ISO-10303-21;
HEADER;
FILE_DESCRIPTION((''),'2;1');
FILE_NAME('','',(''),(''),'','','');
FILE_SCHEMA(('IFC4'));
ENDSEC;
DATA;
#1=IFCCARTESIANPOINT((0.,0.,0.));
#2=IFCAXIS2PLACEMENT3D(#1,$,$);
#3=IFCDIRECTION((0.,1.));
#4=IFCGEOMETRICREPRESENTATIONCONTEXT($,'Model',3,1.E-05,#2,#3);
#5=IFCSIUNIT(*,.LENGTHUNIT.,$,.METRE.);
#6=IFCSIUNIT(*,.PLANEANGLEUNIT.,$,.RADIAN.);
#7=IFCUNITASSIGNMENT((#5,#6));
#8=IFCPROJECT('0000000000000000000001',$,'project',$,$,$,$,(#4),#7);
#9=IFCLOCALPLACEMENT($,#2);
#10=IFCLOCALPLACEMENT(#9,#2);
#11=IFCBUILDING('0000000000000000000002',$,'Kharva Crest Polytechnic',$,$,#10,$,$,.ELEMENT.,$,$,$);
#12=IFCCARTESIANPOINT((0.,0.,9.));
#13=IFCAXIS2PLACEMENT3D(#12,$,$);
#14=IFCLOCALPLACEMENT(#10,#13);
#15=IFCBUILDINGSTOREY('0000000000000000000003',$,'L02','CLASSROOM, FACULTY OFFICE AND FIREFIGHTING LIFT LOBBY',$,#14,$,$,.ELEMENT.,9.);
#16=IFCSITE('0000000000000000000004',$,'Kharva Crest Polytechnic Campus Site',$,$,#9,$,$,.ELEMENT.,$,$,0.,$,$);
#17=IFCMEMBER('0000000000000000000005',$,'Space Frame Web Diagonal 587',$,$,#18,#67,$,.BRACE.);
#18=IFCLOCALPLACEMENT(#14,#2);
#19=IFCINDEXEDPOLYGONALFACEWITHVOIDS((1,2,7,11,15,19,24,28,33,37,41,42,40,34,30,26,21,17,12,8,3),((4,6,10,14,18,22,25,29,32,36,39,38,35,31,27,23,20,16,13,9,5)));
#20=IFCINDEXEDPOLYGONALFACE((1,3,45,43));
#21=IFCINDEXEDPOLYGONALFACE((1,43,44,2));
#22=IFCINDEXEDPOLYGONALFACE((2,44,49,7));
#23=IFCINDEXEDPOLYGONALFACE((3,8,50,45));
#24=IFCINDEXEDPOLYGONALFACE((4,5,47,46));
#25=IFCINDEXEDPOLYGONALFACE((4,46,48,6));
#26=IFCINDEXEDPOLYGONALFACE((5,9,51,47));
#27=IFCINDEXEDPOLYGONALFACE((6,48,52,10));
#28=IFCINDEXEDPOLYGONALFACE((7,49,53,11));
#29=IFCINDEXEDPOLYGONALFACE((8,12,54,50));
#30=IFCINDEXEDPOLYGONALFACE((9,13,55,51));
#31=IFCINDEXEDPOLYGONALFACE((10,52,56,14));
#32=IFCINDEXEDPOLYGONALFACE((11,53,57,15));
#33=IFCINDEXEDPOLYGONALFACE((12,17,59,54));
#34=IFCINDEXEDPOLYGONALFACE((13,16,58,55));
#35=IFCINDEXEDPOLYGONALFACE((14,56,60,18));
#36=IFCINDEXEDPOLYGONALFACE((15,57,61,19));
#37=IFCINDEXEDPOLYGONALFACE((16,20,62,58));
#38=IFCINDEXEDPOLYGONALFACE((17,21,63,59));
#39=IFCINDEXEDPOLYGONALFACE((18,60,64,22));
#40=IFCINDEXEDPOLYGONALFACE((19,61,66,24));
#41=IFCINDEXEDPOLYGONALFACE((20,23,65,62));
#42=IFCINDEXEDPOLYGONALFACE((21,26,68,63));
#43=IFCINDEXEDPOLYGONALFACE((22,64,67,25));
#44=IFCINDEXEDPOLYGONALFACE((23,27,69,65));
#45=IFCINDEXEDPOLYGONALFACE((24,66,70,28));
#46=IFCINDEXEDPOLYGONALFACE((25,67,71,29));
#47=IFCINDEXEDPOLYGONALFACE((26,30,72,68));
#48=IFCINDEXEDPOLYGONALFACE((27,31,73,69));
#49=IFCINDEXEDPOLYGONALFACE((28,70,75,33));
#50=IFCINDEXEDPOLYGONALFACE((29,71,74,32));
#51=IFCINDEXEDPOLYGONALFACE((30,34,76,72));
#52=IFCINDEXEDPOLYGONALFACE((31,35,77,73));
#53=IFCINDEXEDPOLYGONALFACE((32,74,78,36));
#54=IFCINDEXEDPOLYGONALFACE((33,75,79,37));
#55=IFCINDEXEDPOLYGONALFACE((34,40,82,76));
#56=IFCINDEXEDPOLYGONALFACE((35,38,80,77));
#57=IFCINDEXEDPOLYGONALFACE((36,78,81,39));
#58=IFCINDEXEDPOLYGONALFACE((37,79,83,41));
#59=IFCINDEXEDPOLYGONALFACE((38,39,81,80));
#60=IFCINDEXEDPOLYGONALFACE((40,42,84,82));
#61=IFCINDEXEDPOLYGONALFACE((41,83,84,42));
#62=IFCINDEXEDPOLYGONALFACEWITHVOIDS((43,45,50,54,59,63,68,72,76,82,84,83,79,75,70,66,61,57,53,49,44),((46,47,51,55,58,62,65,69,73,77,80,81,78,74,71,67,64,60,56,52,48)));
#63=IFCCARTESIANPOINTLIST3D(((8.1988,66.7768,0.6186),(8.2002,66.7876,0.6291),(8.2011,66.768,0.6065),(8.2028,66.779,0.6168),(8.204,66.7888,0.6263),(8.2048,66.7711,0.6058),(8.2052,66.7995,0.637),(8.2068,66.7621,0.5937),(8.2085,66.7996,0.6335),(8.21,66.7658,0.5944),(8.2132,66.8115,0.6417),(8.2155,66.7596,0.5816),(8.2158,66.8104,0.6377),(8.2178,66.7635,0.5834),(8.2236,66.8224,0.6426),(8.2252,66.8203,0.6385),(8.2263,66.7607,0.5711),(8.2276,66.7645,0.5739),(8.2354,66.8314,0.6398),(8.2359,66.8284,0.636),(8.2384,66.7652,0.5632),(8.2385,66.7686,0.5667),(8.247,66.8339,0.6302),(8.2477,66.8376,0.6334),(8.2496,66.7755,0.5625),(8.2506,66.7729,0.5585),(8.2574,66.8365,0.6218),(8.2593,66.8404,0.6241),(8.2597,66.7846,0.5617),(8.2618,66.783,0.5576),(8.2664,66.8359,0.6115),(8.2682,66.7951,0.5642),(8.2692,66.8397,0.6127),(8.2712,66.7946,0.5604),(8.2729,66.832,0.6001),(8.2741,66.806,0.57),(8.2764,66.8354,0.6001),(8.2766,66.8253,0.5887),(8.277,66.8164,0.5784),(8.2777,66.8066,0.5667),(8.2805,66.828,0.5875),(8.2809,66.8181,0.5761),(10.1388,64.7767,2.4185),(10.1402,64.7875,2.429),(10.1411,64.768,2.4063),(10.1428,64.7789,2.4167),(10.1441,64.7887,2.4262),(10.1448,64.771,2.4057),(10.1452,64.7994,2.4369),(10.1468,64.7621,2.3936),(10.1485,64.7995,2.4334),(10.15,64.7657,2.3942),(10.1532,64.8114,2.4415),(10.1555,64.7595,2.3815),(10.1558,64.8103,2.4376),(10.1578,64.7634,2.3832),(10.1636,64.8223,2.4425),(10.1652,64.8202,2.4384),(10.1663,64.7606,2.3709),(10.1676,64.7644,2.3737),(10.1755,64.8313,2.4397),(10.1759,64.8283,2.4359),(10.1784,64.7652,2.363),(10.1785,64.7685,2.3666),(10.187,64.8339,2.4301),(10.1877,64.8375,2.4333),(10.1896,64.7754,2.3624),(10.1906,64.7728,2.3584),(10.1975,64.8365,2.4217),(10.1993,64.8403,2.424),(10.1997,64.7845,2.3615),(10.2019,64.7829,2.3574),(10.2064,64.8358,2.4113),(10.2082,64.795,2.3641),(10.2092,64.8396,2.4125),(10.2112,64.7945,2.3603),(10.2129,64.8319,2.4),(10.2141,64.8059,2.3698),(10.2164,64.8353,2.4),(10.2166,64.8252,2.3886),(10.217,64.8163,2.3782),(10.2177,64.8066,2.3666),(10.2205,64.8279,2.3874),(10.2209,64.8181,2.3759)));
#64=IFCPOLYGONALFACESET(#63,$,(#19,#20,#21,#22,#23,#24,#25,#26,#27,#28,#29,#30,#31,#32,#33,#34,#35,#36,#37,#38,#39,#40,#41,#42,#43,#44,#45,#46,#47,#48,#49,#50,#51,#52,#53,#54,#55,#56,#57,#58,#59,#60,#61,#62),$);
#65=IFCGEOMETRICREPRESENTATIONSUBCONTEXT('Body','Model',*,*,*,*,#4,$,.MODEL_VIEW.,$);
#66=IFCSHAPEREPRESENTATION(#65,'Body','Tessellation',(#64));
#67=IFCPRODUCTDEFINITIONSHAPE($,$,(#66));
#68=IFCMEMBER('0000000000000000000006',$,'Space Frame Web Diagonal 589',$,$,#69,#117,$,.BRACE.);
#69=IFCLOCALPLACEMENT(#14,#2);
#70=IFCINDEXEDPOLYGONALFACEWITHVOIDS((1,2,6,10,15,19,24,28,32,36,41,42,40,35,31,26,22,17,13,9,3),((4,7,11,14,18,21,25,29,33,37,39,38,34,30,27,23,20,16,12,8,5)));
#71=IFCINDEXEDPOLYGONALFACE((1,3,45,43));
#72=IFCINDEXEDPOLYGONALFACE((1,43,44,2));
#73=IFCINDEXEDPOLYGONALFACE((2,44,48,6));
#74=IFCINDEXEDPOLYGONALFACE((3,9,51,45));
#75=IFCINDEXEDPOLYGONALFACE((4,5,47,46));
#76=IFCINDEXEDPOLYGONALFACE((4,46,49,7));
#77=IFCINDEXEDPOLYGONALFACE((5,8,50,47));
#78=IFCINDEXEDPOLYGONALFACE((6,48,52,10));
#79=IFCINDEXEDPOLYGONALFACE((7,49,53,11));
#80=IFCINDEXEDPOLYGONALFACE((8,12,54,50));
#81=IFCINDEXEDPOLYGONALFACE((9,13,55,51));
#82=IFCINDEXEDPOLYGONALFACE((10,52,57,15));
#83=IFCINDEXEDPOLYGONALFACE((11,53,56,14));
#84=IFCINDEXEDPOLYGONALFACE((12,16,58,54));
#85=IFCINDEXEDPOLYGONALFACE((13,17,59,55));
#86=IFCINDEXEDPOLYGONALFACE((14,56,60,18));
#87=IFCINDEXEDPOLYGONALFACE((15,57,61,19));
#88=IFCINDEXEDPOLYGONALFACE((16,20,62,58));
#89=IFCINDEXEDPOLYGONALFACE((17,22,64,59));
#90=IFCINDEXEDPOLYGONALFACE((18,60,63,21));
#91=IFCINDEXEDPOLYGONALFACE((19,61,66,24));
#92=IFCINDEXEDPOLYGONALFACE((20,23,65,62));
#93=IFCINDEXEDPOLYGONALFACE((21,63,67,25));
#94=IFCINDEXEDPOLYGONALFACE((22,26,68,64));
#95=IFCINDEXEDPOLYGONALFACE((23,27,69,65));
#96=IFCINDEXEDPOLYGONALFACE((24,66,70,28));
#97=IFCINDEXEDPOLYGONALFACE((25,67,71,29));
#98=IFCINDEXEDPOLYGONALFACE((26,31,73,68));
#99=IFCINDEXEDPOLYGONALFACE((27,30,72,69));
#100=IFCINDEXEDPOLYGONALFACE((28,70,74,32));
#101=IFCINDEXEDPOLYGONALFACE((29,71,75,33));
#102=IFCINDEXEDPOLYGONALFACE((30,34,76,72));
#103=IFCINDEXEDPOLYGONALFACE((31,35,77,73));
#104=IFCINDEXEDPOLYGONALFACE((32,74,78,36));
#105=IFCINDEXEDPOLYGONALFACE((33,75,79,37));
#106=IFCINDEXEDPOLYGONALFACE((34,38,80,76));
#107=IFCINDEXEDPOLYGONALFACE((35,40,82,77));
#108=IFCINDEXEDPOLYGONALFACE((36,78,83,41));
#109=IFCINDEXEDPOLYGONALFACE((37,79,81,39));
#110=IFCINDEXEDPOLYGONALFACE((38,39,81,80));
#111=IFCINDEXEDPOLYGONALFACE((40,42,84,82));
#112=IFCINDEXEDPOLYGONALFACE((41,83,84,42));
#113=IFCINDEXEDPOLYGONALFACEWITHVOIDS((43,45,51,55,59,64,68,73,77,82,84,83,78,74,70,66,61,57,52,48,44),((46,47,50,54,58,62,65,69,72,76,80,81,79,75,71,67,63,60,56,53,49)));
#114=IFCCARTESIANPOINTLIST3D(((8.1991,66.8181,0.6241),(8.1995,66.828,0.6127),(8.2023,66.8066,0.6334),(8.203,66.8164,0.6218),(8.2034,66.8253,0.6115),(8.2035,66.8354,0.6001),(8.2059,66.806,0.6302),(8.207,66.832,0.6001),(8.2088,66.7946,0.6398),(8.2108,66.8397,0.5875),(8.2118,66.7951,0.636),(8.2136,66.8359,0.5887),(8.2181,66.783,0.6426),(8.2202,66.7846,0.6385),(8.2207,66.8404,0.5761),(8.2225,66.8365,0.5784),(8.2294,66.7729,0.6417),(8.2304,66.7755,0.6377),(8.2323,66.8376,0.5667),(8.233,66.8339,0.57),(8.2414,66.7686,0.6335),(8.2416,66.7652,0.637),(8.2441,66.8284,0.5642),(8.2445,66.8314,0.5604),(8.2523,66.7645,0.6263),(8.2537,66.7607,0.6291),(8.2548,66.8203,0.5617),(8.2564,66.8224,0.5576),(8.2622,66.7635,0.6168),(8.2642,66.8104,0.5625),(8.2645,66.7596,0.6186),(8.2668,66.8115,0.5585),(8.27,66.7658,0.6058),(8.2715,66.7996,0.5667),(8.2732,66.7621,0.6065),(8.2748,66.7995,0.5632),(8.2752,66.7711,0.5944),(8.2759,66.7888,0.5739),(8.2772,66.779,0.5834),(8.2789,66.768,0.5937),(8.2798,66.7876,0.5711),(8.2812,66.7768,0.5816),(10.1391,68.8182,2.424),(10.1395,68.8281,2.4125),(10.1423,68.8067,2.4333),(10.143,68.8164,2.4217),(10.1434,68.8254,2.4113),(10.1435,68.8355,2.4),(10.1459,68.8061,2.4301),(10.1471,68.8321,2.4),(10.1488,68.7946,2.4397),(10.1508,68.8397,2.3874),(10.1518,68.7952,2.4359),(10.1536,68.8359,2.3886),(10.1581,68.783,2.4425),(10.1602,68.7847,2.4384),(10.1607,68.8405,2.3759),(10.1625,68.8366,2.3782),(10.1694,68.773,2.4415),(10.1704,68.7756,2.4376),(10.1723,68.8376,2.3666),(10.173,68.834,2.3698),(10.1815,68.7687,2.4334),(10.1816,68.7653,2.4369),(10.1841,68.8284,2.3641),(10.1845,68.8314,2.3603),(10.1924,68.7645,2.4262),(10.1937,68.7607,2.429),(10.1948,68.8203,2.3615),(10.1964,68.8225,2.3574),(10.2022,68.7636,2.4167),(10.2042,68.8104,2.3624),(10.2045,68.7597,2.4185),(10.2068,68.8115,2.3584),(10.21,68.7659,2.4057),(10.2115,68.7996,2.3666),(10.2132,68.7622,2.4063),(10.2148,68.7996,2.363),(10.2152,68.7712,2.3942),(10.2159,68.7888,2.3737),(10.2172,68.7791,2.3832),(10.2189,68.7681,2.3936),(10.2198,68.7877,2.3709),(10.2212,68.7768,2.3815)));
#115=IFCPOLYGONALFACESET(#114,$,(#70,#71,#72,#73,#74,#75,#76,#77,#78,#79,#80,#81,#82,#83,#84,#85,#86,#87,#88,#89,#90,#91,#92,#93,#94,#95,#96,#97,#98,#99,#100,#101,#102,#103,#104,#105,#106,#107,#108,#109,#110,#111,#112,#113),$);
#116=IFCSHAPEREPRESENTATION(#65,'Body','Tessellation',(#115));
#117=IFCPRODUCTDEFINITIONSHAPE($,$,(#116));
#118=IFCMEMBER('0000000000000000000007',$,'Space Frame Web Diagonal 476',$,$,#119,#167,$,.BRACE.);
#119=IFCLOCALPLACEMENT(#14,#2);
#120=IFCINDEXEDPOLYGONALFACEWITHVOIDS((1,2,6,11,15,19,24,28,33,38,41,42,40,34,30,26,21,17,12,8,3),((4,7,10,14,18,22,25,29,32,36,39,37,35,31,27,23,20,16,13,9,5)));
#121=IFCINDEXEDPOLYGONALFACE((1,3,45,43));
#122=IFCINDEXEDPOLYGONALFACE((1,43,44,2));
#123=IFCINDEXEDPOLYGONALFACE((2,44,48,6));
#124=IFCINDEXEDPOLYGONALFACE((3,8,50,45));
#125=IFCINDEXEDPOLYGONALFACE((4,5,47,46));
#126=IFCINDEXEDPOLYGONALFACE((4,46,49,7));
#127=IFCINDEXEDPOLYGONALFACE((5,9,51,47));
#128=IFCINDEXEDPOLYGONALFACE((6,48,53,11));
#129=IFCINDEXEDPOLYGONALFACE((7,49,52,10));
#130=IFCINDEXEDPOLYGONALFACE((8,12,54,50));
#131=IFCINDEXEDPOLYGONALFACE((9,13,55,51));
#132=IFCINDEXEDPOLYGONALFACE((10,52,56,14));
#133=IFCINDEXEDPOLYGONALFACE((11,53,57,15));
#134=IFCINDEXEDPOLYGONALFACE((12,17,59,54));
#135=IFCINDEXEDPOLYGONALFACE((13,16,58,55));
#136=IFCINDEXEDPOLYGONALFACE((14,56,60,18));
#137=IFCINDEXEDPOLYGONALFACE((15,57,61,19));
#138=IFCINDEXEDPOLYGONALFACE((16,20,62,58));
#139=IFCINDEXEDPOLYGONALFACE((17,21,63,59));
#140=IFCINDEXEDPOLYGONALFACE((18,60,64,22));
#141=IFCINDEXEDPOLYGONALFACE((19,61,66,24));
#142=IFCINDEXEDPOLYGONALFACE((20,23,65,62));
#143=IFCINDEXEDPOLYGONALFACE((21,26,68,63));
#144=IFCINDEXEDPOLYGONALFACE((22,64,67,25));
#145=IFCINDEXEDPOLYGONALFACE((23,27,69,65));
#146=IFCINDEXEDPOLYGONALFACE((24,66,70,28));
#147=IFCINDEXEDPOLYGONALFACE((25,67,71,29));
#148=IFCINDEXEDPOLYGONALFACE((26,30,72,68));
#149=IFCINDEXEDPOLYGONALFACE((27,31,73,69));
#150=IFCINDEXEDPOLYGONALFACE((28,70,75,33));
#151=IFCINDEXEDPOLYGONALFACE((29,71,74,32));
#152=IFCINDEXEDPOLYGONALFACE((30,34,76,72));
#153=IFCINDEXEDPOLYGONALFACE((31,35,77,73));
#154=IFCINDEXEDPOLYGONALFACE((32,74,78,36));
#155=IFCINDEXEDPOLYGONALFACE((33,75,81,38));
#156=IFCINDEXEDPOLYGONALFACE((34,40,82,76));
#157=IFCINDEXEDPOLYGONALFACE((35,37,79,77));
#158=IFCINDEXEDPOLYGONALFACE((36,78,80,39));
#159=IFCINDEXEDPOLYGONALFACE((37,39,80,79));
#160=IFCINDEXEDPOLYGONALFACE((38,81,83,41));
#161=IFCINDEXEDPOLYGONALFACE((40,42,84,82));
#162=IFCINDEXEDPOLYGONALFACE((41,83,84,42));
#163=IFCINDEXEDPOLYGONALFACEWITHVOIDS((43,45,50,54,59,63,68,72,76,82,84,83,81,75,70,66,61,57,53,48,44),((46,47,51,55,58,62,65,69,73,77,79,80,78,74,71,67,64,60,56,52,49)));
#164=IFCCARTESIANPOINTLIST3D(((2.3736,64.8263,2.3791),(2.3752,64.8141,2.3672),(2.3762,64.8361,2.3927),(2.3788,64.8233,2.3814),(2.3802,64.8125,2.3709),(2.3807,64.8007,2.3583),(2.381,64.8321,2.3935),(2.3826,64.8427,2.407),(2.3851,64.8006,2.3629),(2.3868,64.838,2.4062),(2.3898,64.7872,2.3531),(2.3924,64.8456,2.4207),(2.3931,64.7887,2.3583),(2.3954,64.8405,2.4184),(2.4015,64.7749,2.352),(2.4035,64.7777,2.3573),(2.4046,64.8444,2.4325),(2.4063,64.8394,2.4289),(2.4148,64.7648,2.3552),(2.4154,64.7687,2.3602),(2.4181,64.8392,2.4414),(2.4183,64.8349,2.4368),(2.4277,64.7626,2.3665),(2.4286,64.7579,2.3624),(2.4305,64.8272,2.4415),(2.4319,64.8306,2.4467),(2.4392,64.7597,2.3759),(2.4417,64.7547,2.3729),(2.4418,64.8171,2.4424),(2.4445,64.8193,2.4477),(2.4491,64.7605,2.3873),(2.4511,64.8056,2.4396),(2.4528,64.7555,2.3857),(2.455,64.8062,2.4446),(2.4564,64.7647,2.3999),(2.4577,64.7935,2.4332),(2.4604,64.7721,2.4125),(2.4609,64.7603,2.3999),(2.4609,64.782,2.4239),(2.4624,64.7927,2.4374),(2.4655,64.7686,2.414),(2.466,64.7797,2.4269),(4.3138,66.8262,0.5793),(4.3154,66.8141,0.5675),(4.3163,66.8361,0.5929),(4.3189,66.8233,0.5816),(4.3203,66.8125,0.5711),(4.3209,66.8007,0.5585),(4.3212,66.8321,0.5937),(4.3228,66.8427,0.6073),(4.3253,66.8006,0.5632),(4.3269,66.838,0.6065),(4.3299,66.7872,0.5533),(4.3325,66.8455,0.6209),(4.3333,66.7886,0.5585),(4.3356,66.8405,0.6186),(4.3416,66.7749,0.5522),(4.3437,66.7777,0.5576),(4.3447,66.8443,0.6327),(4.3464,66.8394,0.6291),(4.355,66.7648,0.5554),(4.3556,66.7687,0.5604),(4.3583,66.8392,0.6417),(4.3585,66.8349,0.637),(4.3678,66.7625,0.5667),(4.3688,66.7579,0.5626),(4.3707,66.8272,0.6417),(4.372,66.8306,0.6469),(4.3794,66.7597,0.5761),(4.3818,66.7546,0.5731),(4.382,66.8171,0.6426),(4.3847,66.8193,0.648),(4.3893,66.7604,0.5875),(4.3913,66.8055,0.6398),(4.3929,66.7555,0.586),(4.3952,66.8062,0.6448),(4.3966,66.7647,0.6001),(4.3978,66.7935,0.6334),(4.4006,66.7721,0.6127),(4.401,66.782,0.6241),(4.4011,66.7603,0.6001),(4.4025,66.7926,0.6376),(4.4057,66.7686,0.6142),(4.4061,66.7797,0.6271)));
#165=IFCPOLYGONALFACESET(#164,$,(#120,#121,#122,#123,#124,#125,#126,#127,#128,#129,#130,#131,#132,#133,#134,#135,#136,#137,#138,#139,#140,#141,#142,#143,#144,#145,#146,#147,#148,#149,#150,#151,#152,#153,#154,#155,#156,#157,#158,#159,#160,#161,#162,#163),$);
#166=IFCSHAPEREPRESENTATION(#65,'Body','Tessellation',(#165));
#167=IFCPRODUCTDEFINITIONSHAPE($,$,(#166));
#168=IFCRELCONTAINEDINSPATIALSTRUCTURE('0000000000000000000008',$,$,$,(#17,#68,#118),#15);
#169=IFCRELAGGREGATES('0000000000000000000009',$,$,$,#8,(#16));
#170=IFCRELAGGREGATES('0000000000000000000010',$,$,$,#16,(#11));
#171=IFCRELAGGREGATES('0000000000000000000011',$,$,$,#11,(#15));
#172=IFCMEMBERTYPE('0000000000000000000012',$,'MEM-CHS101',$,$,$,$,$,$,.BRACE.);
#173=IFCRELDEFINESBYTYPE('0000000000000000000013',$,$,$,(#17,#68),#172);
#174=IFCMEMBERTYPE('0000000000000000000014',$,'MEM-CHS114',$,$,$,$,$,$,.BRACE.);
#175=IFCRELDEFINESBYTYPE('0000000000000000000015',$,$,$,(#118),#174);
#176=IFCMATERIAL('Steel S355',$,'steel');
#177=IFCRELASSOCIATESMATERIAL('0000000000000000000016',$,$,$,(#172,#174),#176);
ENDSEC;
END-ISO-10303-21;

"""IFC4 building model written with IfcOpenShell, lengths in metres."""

from ifc_helpers import new_model, si_unit, direction, frame, origin, origin_2d, place, context, subcontext, project, spatial, hollow_circle, extrude, material, material_profile, profile_set, type_object, element, save


model = new_model("IFC4")

# Units and contexts
model_context = context("Model", 3, precision=1e-05, world=origin(), true_north=direction((0.0, 1.0)))
body_context = subcontext(model_context, "Body", "Model", "MODEL_VIEW")
ifc_project = project(units=[si_unit("LENGTHUNIT", "METRE"), si_unit("PLANEANGLEUNIT", "RADIAN")], contexts=[model_context])

# Site, building, storey
site_placement = place(None, origin())
site = spatial("IfcSite", under=ifc_project, at=site_placement, Name="Kharva Crest Polytechnic Campus Site", CompositionType="ELEMENT", RefElevation=0.0)
building_placement = place(site_placement, origin())
building = spatial("IfcBuilding", under=site, at=building_placement, Name="Kharva Crest Polytechnic", CompositionType="ELEMENT")
storey_placement = place(building_placement, frame((0.0, 0.0, 9.0)))
storey = spatial("IfcBuildingStorey", under=building, at=storey_placement, Name="L02", Description="CLASSROOM, FACULTY OFFICE AND FIREFIGHTING LIFT LOBBY", CompositionType="ELEMENT", Elevation=9.0)

# Shared definitions
ifc_material_1 = material(Name="Steel S355", Category="steel")

# Members
ifc_material_profile_1 = material_profile(ifc_material_1, hollow_circle(Radius=0.0508, WallThickness=0.0049, at=origin_2d()), Name="CHS 101.6X5.0")
ifc_profile_set_1 = profile_set([ifc_material_profile_1], Name="Steel S355")
member_type_1 = type_object("IfcMemberType", Name="MEM-CHS101", PredefinedType="BRACE", material=ifc_profile_set_1)
for number, where, z_axis, x_axis, name in (
    (1, (8.24, 66.8, 0.6001), (0.584843, -0.60295, 0.542596), (0.717802, 0.696247, 0.0), "Space Frame Web Diagonal 587"),
    (2, (8.24, 66.8, 0.6001), (0.584843, 0.60295, 0.542596), (-0.717802, 0.696247, 0.0), "Space Frame Web Diagonal 589"),
):
    element("IfcMember", number, at=place(storey_placement, frame(where, z_axis=z_axis, x_axis=x_axis)), inside=storey, type_object=member_type_1, Name=name, PredefinedType="BRACE", context=body_context, shape_type="SweptSolid", body=[
        extrude(hollow_circle(Radius=0.0508, WallThickness=0.0049, at=origin_2d()), origin(), (0.0, 0.0, 1.0), 3.3171),
    ])
ifc_material_profile_2 = material_profile(ifc_material_1, hollow_circle(Radius=0.0571, WallThickness=0.0063, at=origin_2d()), Name="CHS 114.3X6.3")
ifc_profile_set_2 = profile_set([ifc_material_profile_2], Name="Steel S355")
member_type_2 = type_object("IfcMemberType", Name="MEM-CHS114", PredefinedType="BRACE", material=ifc_profile_set_2)
for number, where, z_axis, x_axis, name in (
    (3, (4.3601, 66.8, 0.6001), (-0.584892, -0.602924, 0.542572), (0.717758, -0.696292, 0.0), "Space Frame Web Diagonal 476"),
):
    element("IfcMember", number, at=place(storey_placement, frame(where, z_axis=z_axis, x_axis=x_axis)), inside=storey, type_object=member_type_2, Name=name, PredefinedType="BRACE", context=body_context, shape_type="SweptSolid", body=[
        extrude(hollow_circle(Radius=0.0571, WallThickness=0.0063, at=origin_2d()), origin(), (0.0, 0.0, 1.0), 3.3171),
    ])

save(model, "model.ifc")
